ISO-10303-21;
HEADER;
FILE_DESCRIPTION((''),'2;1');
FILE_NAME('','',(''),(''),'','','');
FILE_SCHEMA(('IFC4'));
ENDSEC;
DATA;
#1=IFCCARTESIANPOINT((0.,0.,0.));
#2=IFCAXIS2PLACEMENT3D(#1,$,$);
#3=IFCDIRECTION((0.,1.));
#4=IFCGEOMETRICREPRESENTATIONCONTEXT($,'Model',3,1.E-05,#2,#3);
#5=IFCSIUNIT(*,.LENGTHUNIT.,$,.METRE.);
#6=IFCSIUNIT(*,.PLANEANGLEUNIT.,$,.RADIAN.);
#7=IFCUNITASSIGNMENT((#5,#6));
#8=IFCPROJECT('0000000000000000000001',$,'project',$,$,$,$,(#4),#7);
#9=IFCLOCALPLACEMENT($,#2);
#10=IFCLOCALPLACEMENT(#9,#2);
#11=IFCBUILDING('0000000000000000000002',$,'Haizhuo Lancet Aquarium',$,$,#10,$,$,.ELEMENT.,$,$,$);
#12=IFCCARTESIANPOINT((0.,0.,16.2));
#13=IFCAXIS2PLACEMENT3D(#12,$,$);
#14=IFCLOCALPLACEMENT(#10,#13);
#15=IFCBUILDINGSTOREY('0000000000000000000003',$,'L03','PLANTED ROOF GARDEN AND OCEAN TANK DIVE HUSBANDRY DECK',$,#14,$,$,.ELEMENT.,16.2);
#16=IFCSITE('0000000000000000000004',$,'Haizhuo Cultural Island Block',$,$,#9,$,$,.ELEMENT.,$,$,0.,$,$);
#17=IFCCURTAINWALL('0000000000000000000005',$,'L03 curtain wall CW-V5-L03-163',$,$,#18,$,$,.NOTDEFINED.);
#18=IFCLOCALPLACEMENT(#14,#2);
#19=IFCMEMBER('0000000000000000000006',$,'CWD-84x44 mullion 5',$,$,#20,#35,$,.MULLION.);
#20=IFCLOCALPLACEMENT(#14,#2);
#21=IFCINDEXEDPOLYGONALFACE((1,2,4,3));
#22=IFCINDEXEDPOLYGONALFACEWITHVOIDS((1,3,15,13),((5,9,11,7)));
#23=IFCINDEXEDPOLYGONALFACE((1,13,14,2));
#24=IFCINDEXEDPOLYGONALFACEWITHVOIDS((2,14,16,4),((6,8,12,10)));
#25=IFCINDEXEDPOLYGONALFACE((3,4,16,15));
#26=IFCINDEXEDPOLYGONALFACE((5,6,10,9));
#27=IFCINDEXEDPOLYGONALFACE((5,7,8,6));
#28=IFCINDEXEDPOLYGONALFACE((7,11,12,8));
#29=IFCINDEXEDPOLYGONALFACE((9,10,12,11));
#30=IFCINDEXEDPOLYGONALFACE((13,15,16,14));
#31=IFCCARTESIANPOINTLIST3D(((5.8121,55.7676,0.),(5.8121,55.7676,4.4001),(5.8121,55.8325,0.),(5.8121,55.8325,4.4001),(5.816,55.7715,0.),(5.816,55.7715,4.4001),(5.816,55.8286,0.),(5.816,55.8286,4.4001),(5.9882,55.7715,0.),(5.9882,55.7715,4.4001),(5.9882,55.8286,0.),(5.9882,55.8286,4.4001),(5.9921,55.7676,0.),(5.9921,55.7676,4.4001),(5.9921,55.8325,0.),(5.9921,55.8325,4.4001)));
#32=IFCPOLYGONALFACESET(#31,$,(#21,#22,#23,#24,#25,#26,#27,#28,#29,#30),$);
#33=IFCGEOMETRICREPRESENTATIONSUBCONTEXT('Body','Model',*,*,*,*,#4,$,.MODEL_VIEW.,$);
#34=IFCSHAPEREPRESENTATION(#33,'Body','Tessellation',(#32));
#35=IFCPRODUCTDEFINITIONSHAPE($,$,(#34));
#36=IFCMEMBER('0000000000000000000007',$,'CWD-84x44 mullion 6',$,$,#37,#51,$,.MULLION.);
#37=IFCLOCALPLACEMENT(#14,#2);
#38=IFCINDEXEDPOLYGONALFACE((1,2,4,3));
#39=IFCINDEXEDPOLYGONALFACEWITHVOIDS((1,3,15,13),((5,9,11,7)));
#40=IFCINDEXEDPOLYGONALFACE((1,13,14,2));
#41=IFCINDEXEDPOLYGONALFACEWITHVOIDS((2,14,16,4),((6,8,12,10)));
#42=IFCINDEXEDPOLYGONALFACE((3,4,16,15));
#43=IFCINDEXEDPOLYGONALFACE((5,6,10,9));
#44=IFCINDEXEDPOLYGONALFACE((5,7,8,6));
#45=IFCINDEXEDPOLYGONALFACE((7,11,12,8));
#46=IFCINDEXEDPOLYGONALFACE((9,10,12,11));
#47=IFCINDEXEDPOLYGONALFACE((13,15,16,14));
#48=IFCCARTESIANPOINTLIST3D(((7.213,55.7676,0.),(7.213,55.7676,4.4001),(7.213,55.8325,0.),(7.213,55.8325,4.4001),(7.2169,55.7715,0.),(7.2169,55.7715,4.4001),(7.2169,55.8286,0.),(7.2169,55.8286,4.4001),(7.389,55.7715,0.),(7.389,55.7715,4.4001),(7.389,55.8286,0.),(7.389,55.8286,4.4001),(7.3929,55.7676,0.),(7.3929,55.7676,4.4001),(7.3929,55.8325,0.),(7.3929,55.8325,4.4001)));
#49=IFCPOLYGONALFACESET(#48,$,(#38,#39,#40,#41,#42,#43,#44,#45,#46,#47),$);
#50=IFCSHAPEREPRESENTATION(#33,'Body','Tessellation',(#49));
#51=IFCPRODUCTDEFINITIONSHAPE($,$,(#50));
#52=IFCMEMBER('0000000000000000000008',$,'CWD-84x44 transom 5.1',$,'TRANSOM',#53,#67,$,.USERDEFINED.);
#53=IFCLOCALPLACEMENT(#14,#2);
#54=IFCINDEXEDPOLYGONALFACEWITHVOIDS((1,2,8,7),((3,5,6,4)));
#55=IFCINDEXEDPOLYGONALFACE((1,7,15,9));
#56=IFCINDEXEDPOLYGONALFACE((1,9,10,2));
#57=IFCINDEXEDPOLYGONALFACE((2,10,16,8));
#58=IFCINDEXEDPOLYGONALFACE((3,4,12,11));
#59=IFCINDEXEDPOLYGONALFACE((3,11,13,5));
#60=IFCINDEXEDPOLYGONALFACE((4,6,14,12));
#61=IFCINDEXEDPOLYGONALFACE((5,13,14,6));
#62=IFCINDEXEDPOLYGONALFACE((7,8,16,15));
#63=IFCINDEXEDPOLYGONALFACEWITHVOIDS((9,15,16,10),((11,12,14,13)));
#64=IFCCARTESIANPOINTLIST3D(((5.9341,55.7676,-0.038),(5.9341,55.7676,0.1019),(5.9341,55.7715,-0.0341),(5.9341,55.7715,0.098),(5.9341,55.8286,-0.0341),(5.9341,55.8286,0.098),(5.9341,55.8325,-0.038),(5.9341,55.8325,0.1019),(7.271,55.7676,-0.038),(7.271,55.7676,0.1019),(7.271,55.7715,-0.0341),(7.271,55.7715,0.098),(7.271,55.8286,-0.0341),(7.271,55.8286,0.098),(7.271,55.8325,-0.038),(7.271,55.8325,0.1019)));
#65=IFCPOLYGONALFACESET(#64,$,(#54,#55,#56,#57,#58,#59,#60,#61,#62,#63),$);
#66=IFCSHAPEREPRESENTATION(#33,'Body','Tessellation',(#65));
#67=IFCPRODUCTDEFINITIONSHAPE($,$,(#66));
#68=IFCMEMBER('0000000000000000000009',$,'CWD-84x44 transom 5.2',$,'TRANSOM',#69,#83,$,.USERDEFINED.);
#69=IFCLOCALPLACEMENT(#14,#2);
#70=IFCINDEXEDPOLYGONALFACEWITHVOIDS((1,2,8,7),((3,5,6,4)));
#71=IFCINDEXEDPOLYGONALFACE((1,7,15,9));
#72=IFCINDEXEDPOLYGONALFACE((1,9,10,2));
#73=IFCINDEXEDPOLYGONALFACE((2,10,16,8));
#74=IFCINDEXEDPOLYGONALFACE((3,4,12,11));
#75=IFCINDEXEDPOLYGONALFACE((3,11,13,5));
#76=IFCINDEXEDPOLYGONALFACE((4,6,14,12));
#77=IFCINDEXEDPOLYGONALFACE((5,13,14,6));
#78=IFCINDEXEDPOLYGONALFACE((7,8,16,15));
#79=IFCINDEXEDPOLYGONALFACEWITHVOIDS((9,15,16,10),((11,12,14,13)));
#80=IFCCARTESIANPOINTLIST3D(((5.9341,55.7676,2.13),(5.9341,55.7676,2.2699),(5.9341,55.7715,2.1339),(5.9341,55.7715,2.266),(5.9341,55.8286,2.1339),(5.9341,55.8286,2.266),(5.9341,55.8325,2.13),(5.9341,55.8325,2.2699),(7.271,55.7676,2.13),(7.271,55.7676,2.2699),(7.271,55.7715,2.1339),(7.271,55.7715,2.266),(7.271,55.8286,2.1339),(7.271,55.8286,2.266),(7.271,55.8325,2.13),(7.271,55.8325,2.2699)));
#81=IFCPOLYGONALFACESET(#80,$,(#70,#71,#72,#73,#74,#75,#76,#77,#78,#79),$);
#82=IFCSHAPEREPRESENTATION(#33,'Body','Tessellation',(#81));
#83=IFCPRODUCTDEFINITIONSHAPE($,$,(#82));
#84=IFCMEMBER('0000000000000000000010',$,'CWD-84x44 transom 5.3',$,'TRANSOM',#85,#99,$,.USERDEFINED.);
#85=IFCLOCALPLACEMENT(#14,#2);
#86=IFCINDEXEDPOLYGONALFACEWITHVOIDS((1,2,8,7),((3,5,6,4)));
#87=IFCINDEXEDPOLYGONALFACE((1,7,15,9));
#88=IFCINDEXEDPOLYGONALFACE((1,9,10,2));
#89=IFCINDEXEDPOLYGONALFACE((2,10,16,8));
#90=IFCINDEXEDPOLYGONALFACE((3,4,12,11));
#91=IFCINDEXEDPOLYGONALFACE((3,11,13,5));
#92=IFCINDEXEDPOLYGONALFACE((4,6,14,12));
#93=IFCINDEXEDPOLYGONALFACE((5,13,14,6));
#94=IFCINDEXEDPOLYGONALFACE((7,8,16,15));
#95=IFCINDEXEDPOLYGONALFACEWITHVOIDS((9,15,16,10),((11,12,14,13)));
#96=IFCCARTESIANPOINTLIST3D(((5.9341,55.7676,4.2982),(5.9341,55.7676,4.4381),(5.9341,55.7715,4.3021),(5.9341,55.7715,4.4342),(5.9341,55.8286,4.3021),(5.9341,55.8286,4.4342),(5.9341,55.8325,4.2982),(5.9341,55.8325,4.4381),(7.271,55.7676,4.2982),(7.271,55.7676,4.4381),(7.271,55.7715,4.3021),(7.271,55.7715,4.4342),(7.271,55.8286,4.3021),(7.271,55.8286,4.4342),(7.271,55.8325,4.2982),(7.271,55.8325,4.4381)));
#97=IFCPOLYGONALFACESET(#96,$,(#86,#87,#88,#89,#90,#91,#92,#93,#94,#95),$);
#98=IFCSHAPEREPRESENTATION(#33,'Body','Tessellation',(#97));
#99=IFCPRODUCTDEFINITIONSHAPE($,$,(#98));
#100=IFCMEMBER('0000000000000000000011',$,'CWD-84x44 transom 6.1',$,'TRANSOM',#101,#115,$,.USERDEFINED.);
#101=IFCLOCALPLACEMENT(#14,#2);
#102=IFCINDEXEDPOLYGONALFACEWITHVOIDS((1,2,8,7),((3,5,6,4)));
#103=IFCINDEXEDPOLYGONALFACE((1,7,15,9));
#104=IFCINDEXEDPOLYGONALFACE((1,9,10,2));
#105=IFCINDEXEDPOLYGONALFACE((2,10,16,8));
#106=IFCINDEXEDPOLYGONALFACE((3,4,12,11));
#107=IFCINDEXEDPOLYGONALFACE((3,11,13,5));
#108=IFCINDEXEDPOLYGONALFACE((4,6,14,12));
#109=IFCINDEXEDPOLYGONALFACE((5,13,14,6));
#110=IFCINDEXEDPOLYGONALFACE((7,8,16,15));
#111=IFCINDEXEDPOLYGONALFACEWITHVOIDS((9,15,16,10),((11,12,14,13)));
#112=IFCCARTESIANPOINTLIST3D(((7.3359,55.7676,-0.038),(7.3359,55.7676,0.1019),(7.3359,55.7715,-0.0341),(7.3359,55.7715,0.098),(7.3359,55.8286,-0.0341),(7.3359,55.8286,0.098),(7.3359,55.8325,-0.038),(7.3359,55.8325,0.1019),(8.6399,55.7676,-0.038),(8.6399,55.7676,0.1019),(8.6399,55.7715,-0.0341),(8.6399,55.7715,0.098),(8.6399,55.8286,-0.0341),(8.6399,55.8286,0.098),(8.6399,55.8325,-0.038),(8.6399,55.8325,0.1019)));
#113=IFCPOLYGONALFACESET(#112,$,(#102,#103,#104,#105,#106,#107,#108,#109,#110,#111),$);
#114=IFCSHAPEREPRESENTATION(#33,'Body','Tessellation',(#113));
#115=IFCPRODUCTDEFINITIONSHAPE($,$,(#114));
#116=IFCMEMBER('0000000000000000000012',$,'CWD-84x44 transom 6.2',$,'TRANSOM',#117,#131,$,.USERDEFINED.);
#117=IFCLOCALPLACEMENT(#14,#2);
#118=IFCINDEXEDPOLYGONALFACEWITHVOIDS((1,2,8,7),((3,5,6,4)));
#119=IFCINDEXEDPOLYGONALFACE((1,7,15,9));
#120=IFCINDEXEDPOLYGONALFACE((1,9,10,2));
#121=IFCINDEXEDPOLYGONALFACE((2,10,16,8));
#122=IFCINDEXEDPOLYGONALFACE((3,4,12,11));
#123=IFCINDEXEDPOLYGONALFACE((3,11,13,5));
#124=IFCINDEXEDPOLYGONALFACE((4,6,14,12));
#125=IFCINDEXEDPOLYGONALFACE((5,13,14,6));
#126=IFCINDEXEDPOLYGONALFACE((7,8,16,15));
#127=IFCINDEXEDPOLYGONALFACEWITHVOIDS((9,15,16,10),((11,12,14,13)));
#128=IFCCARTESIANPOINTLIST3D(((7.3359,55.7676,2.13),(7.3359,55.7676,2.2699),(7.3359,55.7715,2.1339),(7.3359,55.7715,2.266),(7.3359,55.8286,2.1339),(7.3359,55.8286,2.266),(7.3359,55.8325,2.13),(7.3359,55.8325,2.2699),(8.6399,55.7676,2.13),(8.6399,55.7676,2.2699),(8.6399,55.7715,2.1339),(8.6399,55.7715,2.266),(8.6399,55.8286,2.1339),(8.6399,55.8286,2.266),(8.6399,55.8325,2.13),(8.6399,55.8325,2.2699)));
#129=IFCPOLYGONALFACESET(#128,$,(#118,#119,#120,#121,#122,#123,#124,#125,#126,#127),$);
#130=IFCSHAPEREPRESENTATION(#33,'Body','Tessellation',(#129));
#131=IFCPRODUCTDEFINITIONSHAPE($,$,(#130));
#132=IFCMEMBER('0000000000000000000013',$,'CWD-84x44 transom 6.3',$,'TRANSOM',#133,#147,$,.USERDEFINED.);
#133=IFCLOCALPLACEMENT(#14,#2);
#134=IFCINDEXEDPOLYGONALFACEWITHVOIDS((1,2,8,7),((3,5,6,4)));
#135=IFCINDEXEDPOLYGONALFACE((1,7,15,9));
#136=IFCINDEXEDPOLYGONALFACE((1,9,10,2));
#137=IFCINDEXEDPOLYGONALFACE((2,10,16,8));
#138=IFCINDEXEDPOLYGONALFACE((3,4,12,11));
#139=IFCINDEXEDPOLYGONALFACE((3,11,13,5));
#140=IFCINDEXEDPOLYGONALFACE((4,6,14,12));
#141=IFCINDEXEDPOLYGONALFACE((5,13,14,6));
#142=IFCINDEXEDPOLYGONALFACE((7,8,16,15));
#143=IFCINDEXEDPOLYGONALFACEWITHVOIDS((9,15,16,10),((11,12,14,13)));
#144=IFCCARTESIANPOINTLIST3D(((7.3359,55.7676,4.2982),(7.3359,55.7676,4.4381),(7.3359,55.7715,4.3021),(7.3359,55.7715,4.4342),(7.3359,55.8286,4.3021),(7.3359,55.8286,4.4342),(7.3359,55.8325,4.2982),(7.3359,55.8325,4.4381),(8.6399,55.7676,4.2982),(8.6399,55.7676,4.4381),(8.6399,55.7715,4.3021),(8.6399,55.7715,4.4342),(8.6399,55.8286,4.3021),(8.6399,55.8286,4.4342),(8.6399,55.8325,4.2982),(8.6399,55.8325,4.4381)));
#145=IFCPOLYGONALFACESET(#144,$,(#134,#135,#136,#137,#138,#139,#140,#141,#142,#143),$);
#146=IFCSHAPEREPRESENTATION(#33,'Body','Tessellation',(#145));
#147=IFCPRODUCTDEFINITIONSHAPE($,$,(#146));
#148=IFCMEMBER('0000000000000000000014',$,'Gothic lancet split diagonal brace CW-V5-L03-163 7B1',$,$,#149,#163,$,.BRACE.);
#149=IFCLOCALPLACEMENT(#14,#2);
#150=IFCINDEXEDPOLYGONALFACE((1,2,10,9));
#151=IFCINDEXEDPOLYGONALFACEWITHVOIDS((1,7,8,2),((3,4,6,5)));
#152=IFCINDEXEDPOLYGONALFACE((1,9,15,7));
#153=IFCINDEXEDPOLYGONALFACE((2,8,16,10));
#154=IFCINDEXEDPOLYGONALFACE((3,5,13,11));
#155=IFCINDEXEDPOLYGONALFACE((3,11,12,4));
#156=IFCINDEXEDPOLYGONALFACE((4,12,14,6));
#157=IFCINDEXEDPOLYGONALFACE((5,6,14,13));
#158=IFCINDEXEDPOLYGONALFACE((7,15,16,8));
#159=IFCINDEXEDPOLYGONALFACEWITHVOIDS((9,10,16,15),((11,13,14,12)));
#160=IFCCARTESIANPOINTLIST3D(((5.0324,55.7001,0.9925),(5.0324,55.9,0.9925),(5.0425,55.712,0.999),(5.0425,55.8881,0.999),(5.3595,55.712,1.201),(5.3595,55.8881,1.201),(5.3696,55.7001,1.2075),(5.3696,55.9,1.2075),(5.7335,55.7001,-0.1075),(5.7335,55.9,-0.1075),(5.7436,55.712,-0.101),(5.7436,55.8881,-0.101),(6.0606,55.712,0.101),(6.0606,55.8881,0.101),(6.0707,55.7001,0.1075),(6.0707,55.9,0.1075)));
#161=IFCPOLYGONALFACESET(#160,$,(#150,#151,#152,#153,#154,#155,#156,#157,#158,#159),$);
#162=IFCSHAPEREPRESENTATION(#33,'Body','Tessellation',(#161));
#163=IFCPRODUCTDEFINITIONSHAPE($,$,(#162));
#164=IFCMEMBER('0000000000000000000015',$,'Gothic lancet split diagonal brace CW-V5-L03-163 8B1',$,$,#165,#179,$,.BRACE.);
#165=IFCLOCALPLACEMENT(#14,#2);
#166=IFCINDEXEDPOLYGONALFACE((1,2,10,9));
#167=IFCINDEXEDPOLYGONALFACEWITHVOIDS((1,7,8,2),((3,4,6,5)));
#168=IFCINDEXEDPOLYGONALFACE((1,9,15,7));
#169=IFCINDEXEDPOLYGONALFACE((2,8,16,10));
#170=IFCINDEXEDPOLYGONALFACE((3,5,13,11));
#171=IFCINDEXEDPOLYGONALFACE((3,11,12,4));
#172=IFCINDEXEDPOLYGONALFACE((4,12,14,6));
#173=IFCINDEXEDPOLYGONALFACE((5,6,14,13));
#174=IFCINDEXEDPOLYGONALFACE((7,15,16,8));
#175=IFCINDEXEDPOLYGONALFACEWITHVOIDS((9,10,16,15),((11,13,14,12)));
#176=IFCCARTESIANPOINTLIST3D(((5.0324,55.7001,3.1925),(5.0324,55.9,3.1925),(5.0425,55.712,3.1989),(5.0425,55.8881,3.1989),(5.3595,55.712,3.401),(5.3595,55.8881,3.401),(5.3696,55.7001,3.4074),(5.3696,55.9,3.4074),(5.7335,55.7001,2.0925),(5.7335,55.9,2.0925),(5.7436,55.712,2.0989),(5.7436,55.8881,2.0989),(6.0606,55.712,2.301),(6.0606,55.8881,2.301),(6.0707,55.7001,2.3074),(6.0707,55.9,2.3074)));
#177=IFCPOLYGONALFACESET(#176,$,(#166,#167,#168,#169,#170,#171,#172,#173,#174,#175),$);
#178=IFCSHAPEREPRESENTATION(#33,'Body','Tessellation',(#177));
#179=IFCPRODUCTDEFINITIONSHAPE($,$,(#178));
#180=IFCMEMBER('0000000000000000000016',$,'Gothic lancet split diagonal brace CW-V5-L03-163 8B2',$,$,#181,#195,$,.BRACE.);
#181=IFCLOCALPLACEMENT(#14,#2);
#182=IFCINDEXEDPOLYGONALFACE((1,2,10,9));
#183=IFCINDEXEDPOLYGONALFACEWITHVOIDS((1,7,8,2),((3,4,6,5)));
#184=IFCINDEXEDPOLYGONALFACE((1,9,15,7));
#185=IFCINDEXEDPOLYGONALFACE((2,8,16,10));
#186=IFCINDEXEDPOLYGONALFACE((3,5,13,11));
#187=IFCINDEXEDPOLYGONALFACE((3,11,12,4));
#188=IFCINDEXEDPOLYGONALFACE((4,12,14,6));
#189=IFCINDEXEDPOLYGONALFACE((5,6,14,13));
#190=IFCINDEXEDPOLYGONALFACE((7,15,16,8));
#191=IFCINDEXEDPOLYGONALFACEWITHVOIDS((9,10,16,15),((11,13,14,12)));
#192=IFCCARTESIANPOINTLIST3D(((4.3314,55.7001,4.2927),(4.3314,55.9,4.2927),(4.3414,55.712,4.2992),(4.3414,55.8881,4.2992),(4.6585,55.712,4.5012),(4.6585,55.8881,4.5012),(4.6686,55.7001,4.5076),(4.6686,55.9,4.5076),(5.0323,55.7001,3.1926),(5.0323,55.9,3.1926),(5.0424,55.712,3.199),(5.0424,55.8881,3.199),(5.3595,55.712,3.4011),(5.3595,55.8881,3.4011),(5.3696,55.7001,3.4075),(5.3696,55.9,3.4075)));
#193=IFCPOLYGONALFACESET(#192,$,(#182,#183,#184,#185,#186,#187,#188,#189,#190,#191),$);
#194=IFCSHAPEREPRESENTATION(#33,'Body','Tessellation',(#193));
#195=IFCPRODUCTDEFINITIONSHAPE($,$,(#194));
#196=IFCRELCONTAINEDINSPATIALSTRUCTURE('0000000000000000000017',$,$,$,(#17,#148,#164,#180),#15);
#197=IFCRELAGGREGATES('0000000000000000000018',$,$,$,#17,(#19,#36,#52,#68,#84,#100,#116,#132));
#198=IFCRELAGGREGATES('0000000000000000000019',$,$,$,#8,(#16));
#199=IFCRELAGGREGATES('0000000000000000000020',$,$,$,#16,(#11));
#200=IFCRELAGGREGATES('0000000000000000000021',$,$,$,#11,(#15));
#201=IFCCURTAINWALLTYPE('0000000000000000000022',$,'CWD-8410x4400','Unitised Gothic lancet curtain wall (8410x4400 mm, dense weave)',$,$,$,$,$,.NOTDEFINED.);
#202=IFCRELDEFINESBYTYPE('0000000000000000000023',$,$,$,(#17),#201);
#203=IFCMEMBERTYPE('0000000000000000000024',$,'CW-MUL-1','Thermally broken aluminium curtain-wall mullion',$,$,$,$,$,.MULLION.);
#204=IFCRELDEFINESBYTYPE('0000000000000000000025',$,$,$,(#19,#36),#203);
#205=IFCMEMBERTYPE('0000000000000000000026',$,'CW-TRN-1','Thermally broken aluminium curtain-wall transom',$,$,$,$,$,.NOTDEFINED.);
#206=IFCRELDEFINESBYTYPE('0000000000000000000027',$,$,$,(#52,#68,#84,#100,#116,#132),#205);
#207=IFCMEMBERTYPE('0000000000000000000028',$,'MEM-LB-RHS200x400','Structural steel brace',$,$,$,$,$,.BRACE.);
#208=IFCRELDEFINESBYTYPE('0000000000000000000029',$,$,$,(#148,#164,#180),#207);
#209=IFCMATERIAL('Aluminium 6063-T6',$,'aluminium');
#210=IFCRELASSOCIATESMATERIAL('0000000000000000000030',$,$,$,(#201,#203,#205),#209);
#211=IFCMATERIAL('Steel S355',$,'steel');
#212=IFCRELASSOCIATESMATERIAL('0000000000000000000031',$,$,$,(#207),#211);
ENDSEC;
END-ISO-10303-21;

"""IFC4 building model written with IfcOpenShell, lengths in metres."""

from ifc_helpers import new_model, si_unit, direction, frame, origin, origin_2d, place, context, subcontext, project, spatial, hollow_rectangle, extrude, material, material_profile, profile_set, type_object, element, aggregate, save


model = new_model("IFC4")

# Units and contexts
model_context = context("Model", 3, precision=1e-05, world=origin(), true_north=direction((0.0, 1.0)))
body_context = subcontext(model_context, "Body", "Model", "MODEL_VIEW")
ifc_project = project(units=[si_unit("LENGTHUNIT", "METRE"), si_unit("PLANEANGLEUNIT", "RADIAN")], contexts=[model_context])

# Site, building, storey
site_placement = place(None, origin())
site = spatial("IfcSite", under=ifc_project, at=site_placement, Name="Haizhuo Cultural Island Block", CompositionType="ELEMENT", RefElevation=0.0)
building_placement = place(site_placement, origin())
building = spatial("IfcBuilding", under=site, at=building_placement, Name="Haizhuo Lancet Aquarium", CompositionType="ELEMENT")
storey_placement = place(building_placement, frame((0.0, 0.0, 16.2)))
storey = spatial("IfcBuildingStorey", under=building, at=storey_placement, Name="L03", Description="PLANTED ROOF GARDEN AND OCEAN TANK DIVE HUSBANDRY DECK", CompositionType="ELEMENT", Elevation=16.2)

# Curtain wall, members
ifc_material_1 = material(Name="Aluminium 6063-T6", Category="aluminium")
curtain_wall_type = type_object("IfcCurtainWallType", Name="CWD-8410x4400", Description="Unitised Gothic lancet curtain wall (8410x4400 mm, dense weave)", PredefinedType="NOTDEFINED", material=ifc_material_1)
curtain_wall_placement = place(storey_placement, origin())
curtain_wall = element("IfcCurtainWall", 1, at=curtain_wall_placement, inside=storey, type_object=curtain_wall_type, Name="L03 curtain wall CW-V5-L03-163", PredefinedType="NOTDEFINED")
ifc_material_profile_1 = material_profile(ifc_material_1, hollow_rectangle(XDim=0.0649, YDim=0.1799, WallThickness=0.0039, at=origin_2d()), Name="ALU-M 65x180x4")
ifc_profile_set_1 = profile_set([ifc_material_profile_1], Name="Aluminium 6063-T6")
member_type_1 = type_object("IfcMemberType", Name="CW-MUL-1", Description="Thermally broken aluminium curtain-wall mullion", PredefinedType="MULLION", material=ifc_profile_set_1)
member_1_placement = place(storey_placement, frame((5.9021, 55.8, 0.0), z_axis=(0.0, 0.0, 1.0), x_axis=(0.0, 1.0, 0.0)))
member_1 = element("IfcMember", 2, at=member_1_placement, type_object=member_type_1, Name="CWD-84x44 mullion 5", PredefinedType="MULLION", context=body_context, shape_type="SweptSolid", body=[
    extrude(hollow_rectangle(XDim=0.0649, YDim=0.1799, WallThickness=0.0039, at=origin_2d()), origin(), (0.0, 0.0, 1.0), 4.4001),
])
member_2_placement = place(storey_placement, frame((7.303, 55.8, 0.0), z_axis=(0.0, 0.0, 1.0), x_axis=(0.0, 1.0, 0.0)))
member_2 = element("IfcMember", 3, at=member_2_placement, type_object=member_type_1, Name="CWD-84x44 mullion 6", PredefinedType="MULLION", context=body_context, shape_type="SweptSolid", body=[
    extrude(hollow_rectangle(XDim=0.0649, YDim=0.1799, WallThickness=0.0039, at=origin_2d()), origin(), (0.0, 0.0, 1.0), 4.4001),
])
ifc_material_profile_2 = material_profile(ifc_material_1, hollow_rectangle(XDim=0.0649, YDim=0.1399, WallThickness=0.0039, at=origin_2d()), Name="ALU-T 65x140x4")
ifc_profile_set_2 = profile_set([ifc_material_profile_2], Name="Aluminium 6063-T6")
member_type_2 = type_object("IfcMemberType", Name="CW-TRN-1", Description="Thermally broken aluminium curtain-wall transom", PredefinedType="NOTDEFINED", material=ifc_profile_set_2)
member_3_placement = place(storey_placement, frame((5.9341, 55.8, 0.032), z_axis=(1.0, 0.0, 0.0), x_axis=(0.0, 1.0, 0.0)))
member_3 = element("IfcMember", 4, at=member_3_placement, type_object=member_type_2, Name="CWD-84x44 transom 5.1", ObjectType="TRANSOM", PredefinedType="USERDEFINED", context=body_context, shape_type="SweptSolid", body=[
    extrude(hollow_rectangle(XDim=0.0649, YDim=0.1399, WallThickness=0.0039, at=origin_2d()), origin(), (0.0, 0.0, 1.0), 1.3369),
])
member_4_placement = place(storey_placement, frame((5.9341, 55.8, 2.2), z_axis=(1.0, 0.0, 0.0), x_axis=(0.0, 1.0, 0.0)))
member_4 = element("IfcMember", 5, at=member_4_placement, type_object=member_type_2, Name="CWD-84x44 transom 5.2", ObjectType="TRANSOM", PredefinedType="USERDEFINED", context=body_context, shape_type="SweptSolid", body=[
    extrude(hollow_rectangle(XDim=0.0649, YDim=0.1399, WallThickness=0.0039, at=origin_2d()), origin(), (0.0, 0.0, 1.0), 1.3369),
])
member_5_placement = place(storey_placement, frame((5.9341, 55.8, 4.3682), z_axis=(1.0, 0.0, 0.0), x_axis=(0.0, 1.0, 0.0)))
member_5 = element("IfcMember", 6, at=member_5_placement, type_object=member_type_2, Name="CWD-84x44 transom 5.3", ObjectType="TRANSOM", PredefinedType="USERDEFINED", context=body_context, shape_type="SweptSolid", body=[
    extrude(hollow_rectangle(XDim=0.0649, YDim=0.1399, WallThickness=0.0039, at=origin_2d()), origin(), (0.0, 0.0, 1.0), 1.3369),
])
member_6_placement = place(storey_placement, frame((7.3359, 55.8, 0.032), z_axis=(1.0, 0.0, 0.0), x_axis=(0.0, 1.0, 0.0)))
member_6 = element("IfcMember", 7, at=member_6_placement, type_object=member_type_2, Name="CWD-84x44 transom 6.1", ObjectType="TRANSOM", PredefinedType="USERDEFINED", context=body_context, shape_type="SweptSolid", body=[
    extrude(hollow_rectangle(XDim=0.0649, YDim=0.1399, WallThickness=0.0039, at=origin_2d()), origin(), (0.0, 0.0, 1.0), 1.304),
])
member_7_placement = place(storey_placement, frame((7.3359, 55.8, 2.2), z_axis=(1.0, 0.0, 0.0), x_axis=(0.0, 1.0, 0.0)))
member_7 = element("IfcMember", 8, at=member_7_placement, type_object=member_type_2, Name="CWD-84x44 transom 6.2", ObjectType="TRANSOM", PredefinedType="USERDEFINED", context=body_context, shape_type="SweptSolid", body=[
    extrude(hollow_rectangle(XDim=0.0649, YDim=0.1399, WallThickness=0.0039, at=origin_2d()), origin(), (0.0, 0.0, 1.0), 1.304),
])
member_8_placement = place(storey_placement, frame((7.3359, 55.8, 4.3682), z_axis=(1.0, 0.0, 0.0), x_axis=(0.0, 1.0, 0.0)))
member_8 = element("IfcMember", 9, at=member_8_placement, type_object=member_type_2, Name="CWD-84x44 transom 6.3", ObjectType="TRANSOM", PredefinedType="USERDEFINED", context=body_context, shape_type="SweptSolid", body=[
    extrude(hollow_rectangle(XDim=0.0649, YDim=0.1399, WallThickness=0.0039, at=origin_2d()), origin(), (0.0, 0.0, 1.0), 1.304),
])

# Members
ifc_material_2 = material(Name="Steel S355", Category="steel")
ifc_material_profile_3 = material_profile(ifc_material_2, hollow_rectangle(XDim=0.2, YDim=0.3999, WallThickness=0.012, at=origin_2d()), Name="RHS 200x400x12")
ifc_profile_set_3 = profile_set([ifc_material_profile_3], Name="Steel S355")
member_type_3 = type_object("IfcMemberType", Name="MEM-LB-RHS200x400", Description="Structural steel brace", PredefinedType="BRACE", material=ifc_profile_set_3)
for number, where, z_axis, x_axis, name in (
    (10, (5.9021, 55.8, 0.0), (-0.537481, 0.0, 0.843276), (0.0, -1.0, 0.0), "Gothic lancet split diagonal brace CW-V5-L03-163 7B1"),
    (11, (5.9021, 55.8, 2.2), (-0.537481, 0.0, 0.843276), (0.0, -1.0, 0.0), "Gothic lancet split diagonal brace CW-V5-L03-163 8B1"),
    (12, (5.2009, 55.8, 3.3), (-0.537348, 0.0, 0.843361), (0.0, -1.0, 0.0), "Gothic lancet split diagonal brace CW-V5-L03-163 8B2"),
):
    element("IfcMember", number, at=place(storey_placement, frame(where, z_axis=z_axis, x_axis=x_axis)), inside=storey, type_object=member_type_3, Name=name, PredefinedType="BRACE", context=body_context, shape_type="SweptSolid", body=[
        extrude(hollow_rectangle(XDim=0.2, YDim=0.3999, WallThickness=0.012, at=origin_2d()), origin(), (0.0, 0.0, 1.0), 1.3044),
    ])

aggregate(curtain_wall, [member_1, member_2, member_3, member_4, member_5, member_6, member_7, member_8])

save(model, "model.ifc")
